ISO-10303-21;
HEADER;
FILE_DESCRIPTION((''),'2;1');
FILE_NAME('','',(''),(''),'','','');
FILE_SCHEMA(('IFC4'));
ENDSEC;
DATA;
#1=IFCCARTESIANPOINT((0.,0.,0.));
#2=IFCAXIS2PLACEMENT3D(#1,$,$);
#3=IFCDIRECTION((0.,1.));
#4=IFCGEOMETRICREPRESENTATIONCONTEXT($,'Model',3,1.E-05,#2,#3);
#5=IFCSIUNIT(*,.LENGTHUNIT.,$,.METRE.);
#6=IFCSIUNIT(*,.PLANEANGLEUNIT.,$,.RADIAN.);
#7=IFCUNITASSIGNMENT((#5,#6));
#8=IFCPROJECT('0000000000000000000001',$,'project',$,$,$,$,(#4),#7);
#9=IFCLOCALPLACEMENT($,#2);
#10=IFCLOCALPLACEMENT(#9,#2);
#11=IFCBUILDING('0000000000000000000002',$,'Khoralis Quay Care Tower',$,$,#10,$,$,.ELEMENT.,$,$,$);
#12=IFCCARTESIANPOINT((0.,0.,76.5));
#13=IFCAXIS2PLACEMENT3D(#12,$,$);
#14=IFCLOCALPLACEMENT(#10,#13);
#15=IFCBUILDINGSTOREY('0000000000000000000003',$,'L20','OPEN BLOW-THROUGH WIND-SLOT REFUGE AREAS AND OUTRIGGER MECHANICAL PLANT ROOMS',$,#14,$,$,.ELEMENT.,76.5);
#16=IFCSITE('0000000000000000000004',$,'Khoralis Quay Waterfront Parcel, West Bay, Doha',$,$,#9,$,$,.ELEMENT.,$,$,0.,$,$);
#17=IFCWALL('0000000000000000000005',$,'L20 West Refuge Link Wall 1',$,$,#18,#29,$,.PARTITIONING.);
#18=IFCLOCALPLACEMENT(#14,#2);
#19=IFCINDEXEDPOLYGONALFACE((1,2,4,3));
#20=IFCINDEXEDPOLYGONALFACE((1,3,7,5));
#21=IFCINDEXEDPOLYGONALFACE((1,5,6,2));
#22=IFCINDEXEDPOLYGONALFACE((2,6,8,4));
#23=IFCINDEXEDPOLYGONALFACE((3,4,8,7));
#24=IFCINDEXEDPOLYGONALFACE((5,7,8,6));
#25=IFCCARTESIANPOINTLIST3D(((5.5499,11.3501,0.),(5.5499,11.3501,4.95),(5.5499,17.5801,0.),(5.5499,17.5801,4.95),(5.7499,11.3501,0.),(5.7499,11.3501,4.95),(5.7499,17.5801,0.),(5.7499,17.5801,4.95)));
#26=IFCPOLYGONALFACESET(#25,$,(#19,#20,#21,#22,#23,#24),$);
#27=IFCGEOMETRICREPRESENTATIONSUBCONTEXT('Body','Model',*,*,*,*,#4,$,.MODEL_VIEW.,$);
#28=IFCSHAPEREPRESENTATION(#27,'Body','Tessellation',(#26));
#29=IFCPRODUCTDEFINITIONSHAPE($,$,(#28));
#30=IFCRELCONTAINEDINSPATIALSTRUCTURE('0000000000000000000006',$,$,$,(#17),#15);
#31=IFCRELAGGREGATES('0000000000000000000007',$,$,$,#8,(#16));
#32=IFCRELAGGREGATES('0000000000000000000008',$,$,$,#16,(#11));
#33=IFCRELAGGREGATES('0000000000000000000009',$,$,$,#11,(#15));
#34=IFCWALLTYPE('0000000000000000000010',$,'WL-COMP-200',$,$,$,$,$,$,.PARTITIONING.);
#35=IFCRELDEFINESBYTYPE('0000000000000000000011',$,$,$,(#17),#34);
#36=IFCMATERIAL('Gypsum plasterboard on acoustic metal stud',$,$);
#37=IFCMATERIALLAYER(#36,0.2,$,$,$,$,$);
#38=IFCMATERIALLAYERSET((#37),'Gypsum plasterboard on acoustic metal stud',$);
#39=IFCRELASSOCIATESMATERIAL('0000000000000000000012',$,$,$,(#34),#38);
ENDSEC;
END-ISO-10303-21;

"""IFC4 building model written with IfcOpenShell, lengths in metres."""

from ifc_helpers import new_model, si_unit, direction, frame, frame_2d, origin, place, context, subcontext, project, spatial, rectangle, extrude, material, layer, layer_set, type_object, element, save


model = new_model("IFC4")

# Units and contexts
model_context = context("Model", 3, precision=1e-05, world=origin(), true_north=direction((0.0, 1.0)))
body_context = subcontext(model_context, "Body", "Model", "MODEL_VIEW")
ifc_project = project(units=[si_unit("LENGTHUNIT", "METRE"), si_unit("PLANEANGLEUNIT", "RADIAN")], contexts=[model_context])

# Site, building, storey
site_placement = place(None, origin())
site = spatial("IfcSite", under=ifc_project, at=site_placement, Name="Khoralis Quay Waterfront Parcel, West Bay, Doha", CompositionType="ELEMENT", RefElevation=0.0)
building_placement = place(site_placement, origin())
building = spatial("IfcBuilding", under=site, at=building_placement, Name="Khoralis Quay Care Tower", CompositionType="ELEMENT")
storey_placement = place(building_placement, frame((0.0, 0.0, 76.5)))
storey = spatial("IfcBuildingStorey", under=building, at=storey_placement, Name="L20", Description="OPEN BLOW-THROUGH WIND-SLOT REFUGE AREAS AND OUTRIGGER MECHANICAL PLANT ROOMS", CompositionType="ELEMENT", Elevation=76.5)

# Wall
ifc_material_1 = material(Name="Gypsum plasterboard on acoustic metal stud")
ifc_layer_1 = layer(ifc_material_1, 0.2)
ifc_layer_set_1 = layer_set([ifc_layer_1], Name="Gypsum plasterboard on acoustic metal stud")
wall_type = type_object("IfcWallType", Name="WL-COMP-200", PredefinedType="PARTITIONING", material=ifc_layer_set_1)
wall_placement = place(storey_placement, frame((5.6499, 11.3501, 0.0), z_axis=(0.0, 0.0, 1.0), x_axis=(0.0, 1.0, 0.0)))
element("IfcWall", 1, at=wall_placement, inside=storey, type_object=wall_type, Name="L20 West Refuge Link Wall 1", PredefinedType="PARTITIONING", context=body_context, shape_type="SweptSolid", body=[
    extrude(rectangle(XDim=6.23, YDim=0.2, at=frame_2d((3.115, 0.0))), origin(), (0.0, 0.0, 1.0), 4.95),
])

save(model, "model.ifc")
